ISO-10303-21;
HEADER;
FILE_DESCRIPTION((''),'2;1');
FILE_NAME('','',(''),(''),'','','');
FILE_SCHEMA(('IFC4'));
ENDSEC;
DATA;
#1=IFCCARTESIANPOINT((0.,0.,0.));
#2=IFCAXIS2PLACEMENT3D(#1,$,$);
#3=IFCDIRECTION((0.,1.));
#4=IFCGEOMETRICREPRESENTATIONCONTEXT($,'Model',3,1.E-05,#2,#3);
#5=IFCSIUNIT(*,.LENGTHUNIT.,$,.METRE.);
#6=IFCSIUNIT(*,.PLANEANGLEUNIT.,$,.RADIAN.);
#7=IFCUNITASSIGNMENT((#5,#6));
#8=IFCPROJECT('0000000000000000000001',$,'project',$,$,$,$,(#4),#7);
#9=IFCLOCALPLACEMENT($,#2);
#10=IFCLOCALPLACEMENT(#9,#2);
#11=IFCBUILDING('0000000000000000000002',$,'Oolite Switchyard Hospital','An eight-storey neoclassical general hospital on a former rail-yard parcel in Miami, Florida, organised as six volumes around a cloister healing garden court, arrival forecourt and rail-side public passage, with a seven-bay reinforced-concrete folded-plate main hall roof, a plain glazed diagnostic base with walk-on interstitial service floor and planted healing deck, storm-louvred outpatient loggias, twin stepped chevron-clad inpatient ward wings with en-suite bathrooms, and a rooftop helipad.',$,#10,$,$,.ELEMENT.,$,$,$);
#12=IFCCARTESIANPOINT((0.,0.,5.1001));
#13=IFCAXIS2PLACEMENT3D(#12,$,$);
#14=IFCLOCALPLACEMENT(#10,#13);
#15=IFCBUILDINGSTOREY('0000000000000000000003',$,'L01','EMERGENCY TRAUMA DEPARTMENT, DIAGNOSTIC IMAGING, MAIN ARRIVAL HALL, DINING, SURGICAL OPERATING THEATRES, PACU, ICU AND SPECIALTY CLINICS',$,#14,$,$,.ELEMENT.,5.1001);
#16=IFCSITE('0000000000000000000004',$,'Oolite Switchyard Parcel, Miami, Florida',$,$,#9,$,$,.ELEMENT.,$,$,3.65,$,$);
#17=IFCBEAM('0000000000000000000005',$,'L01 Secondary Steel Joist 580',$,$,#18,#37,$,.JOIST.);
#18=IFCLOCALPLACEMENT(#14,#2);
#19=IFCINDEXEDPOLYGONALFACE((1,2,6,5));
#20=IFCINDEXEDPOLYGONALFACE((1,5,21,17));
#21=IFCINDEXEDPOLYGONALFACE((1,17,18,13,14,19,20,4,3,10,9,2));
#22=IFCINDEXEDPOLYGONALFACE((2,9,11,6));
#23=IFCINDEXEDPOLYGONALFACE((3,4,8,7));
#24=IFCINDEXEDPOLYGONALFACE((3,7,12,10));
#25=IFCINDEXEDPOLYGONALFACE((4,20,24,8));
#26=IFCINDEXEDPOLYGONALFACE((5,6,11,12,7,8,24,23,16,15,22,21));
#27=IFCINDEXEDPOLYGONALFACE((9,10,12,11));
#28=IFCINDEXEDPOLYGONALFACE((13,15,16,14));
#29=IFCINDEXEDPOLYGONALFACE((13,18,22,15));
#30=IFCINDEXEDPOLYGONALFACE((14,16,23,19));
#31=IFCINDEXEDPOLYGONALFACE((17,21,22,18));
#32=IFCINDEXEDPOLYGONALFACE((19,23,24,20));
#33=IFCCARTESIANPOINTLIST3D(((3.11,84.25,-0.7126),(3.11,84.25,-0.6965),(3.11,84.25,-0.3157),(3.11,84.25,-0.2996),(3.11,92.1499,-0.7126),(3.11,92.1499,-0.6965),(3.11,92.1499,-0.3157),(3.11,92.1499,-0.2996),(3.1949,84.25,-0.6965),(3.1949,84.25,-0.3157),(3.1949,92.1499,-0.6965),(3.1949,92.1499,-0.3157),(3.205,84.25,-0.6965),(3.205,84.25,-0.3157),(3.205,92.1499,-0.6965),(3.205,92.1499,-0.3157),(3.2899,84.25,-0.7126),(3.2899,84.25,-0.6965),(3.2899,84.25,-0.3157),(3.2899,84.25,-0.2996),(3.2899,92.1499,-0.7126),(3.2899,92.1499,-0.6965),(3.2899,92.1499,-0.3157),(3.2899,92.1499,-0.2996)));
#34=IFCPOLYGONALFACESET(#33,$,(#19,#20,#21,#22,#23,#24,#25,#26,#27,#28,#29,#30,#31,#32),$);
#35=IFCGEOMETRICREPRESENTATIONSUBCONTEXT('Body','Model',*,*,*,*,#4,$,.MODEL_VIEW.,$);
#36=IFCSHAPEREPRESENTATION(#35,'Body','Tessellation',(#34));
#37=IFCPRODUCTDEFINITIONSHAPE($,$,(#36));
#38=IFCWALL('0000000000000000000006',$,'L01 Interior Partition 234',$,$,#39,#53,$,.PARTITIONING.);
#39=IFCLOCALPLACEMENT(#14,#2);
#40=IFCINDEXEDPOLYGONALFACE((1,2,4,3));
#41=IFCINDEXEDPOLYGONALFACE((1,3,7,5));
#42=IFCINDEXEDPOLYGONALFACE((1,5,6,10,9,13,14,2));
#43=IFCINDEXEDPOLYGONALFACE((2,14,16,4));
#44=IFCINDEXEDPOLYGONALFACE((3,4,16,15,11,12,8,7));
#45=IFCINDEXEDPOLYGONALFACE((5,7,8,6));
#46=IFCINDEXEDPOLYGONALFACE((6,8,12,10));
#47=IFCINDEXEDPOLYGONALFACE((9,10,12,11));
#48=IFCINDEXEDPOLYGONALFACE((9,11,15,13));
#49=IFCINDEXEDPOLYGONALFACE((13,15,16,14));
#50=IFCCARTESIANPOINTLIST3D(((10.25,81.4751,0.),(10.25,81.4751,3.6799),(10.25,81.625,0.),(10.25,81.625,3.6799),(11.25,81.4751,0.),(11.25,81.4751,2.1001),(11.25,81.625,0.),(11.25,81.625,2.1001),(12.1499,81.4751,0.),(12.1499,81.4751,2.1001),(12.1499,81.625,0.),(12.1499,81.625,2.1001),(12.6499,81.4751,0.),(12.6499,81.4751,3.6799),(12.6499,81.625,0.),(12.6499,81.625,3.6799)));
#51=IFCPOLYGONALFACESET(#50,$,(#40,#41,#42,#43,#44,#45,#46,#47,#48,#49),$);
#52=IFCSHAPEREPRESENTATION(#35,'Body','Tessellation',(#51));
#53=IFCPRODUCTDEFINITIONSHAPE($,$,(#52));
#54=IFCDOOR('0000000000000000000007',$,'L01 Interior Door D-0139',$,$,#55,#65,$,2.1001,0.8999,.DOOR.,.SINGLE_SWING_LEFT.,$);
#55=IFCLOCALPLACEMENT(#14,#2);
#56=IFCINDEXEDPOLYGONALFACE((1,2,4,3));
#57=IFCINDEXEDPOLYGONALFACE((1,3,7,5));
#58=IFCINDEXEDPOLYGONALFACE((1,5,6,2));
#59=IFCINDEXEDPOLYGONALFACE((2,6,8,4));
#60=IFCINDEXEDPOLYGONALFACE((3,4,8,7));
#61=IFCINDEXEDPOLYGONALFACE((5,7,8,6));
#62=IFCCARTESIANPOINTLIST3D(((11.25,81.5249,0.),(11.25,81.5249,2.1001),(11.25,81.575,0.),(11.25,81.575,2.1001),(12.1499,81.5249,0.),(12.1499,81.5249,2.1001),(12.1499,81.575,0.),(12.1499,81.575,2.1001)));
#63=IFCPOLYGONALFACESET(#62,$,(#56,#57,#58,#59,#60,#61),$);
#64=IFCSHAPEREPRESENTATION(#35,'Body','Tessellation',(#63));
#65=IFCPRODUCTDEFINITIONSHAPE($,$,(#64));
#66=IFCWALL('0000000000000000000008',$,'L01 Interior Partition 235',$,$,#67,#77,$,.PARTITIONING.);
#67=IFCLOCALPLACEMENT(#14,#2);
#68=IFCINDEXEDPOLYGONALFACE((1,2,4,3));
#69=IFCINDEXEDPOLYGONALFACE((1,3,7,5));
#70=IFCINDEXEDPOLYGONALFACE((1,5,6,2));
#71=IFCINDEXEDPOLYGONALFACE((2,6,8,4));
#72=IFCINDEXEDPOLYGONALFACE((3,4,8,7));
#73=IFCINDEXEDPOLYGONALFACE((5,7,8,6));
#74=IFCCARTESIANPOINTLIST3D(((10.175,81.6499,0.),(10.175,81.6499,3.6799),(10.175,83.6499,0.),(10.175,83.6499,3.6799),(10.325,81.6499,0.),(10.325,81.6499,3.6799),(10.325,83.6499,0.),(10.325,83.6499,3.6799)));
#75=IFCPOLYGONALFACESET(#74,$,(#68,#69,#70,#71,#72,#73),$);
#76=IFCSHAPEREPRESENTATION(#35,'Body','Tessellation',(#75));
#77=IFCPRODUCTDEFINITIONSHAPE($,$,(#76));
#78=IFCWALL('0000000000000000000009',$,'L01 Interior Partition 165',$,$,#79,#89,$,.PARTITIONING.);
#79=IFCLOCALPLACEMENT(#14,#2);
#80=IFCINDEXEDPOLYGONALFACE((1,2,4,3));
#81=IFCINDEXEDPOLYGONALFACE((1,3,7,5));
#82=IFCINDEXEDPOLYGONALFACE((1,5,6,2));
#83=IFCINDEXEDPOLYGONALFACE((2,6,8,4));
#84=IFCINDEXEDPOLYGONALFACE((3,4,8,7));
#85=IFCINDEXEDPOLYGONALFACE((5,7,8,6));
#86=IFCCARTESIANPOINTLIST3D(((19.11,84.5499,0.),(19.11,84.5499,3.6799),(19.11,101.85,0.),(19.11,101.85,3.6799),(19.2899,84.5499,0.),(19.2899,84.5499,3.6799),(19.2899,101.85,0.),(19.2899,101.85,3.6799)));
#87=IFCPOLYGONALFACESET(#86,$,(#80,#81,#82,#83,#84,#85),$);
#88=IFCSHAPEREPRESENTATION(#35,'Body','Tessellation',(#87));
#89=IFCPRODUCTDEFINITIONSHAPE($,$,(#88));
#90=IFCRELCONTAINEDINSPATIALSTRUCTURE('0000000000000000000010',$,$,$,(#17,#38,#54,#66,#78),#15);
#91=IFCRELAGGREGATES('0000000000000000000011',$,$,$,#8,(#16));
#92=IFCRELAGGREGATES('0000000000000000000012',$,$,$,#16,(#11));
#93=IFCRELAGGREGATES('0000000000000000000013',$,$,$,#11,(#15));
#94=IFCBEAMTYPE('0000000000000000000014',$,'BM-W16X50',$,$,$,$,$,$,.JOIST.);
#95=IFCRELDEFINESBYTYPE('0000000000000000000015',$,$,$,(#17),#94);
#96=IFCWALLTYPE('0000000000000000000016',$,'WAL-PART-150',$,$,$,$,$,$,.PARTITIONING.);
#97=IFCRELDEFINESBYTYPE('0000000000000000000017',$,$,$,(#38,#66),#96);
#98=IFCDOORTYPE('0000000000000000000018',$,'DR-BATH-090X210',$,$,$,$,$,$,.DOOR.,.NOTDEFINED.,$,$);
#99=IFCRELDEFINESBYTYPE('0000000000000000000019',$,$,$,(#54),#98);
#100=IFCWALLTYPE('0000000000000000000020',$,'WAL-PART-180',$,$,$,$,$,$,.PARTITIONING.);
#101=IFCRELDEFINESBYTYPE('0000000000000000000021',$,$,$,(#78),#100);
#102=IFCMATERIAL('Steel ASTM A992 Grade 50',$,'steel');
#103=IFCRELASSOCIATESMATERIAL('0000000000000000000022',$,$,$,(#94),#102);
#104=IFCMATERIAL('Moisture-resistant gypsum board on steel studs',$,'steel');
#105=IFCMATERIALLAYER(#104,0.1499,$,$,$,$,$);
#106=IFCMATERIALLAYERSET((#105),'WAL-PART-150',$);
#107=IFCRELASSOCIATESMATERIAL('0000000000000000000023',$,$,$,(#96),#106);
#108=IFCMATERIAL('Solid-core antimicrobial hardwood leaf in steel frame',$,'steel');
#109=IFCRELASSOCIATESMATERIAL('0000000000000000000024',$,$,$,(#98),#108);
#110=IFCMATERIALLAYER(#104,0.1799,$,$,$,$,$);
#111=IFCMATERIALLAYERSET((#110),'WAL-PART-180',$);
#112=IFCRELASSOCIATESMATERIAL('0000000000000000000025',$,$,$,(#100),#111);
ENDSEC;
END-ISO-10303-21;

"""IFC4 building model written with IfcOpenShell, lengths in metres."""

from ifc_helpers import new_model, si_unit, direction, frame, frame_2d, origin, origin_2d, place, context, subcontext, project, spatial, rectangle, i_section, extrude, material, layer, layer_set, material_profile, profile_set, type_object, element, fill, save


model = new_model("IFC4")

# Units and contexts
model_context = context("Model", 3, precision=1e-05, world=origin(), true_north=direction((0.0, 1.0)))
body_context = subcontext(model_context, "Body", "Model", "MODEL_VIEW")
ifc_project = project(units=[si_unit("LENGTHUNIT", "METRE"), si_unit("PLANEANGLEUNIT", "RADIAN")], contexts=[model_context])

# Site, building, storey
site_placement = place(None, origin())
site = spatial("IfcSite", under=ifc_project, at=site_placement, Name="Oolite Switchyard Parcel, Miami, Florida", CompositionType="ELEMENT", RefElevation=3.65)
building_placement = place(site_placement, origin())
building = spatial("IfcBuilding", under=site, at=building_placement, Name="Oolite Switchyard Hospital", Description="An eight-storey neoclassical general hospital on a former rail-yard parcel in Miami, Florida, organised as six volumes around a cloister healing garden court, arrival forecourt and rail-side public passage, with a seven-bay reinforced-concrete folded-plate main hall roof, a plain glazed diagnostic base with walk-on interstitial service floor and planted healing deck, storm-louvred outpatient loggias, twin stepped chevron-clad inpatient ward wings with en-suite bathrooms, and a rooftop helipad.", CompositionType="ELEMENT")
storey_placement = place(building_placement, frame((0.0, 0.0, 5.1001)))
storey = spatial("IfcBuildingStorey", under=building, at=storey_placement, Name="L01", Description="EMERGENCY TRAUMA DEPARTMENT, DIAGNOSTIC IMAGING, MAIN ARRIVAL HALL, DINING, SURGICAL OPERATING THEATRES, PACU, ICU AND SPECIALTY CLINICS", CompositionType="ELEMENT", Elevation=5.1001)

# Beam
ifc_material_1 = material(Name="Steel ASTM A992 Grade 50", Category="steel")
ifc_material_profile_1 = material_profile(ifc_material_1, i_section(OverallWidth=0.1799, OverallDepth=0.4131, WebThickness=0.01, FlangeThickness=0.0161, at=origin_2d()), Name="W16X50")
ifc_profile_set_1 = profile_set([ifc_material_profile_1], Name="Steel ASTM A992 Grade 50")
beam_type_1 = type_object("IfcBeamType", Name="BM-W16X50", PredefinedType="JOIST", material=ifc_profile_set_1)
beam_1_placement = place(storey_placement, frame((3.2, 84.25, -0.5061), z_axis=(0.0, 1.0, 0.0), x_axis=(-1.0, 0.0, 0.0)))
element("IfcBeam", 1, at=beam_1_placement, inside=storey, type_object=beam_type_1, Name="L01 Secondary Steel Joist 580", PredefinedType="JOIST", context=body_context, shape_type="SweptSolid", body=[
    extrude(i_section(OverallWidth=0.1799, OverallDepth=0.4131, WebThickness=0.01, FlangeThickness=0.0161, at=origin_2d()), origin(), (0.0, 0.0, 1.0), 7.8999),
])

# Wall, opening, door
ifc_material_2 = material(Name="Moisture-resistant gypsum board on steel studs", Category="steel")
ifc_layer_1 = layer(ifc_material_2, 0.1499)
ifc_layer_set_1 = layer_set([ifc_layer_1], Name="WAL-PART-150")
wall_type_1 = type_object("IfcWallType", Name="WAL-PART-150", PredefinedType="PARTITIONING", material=ifc_layer_set_1)
wall_1_placement = place(storey_placement, frame((10.25, 81.55, 0.0), z_axis=(0.0, 0.0, 1.0), x_axis=(1.0, 0.0, 0.0)))
wall_1 = element("IfcWall", 2, at=wall_1_placement, inside=storey, type_object=wall_type_1, Name="L01 Interior Partition 234", PredefinedType="PARTITIONING", context=body_context, shape_type="SweptSolid", body=[
    extrude(rectangle(XDim=2.3999, YDim=0.1499, at=frame_2d((1.2, 0.0))), origin(), (0.0, 0.0, 1.0), 3.6799),
])
opening_placement = place(wall_1_placement, frame((1.0, 0.0, 0.0)))
opening = element("IfcOpeningElement", 3, at=opening_placement, cuts=wall_1, PredefinedType="OPENING", context=body_context, shape_type="SweptSolid", body=[
    extrude(rectangle(XDim=0.8999, YDim=2.1001, at=frame_2d((0.45, 1.05))), frame((0.0, 0.085, 0.0), z_axis=(0.0, -1.0, 0.0), x_axis=(1.0, 0.0, 0.0)), (0.0, 0.0, 1.0), 0.1699),
])
ifc_material_3 = material(Name="Solid-core antimicrobial hardwood leaf in steel frame", Category="steel")
door_type = type_object("IfcDoorType", Name="DR-BATH-090X210", OperationType="NOTDEFINED", PredefinedType="DOOR", material=ifc_material_3)
door_placement = place(opening_placement, origin())
door = element("IfcDoor", 4, at=door_placement, inside=storey, type_object=door_type, Name="L01 Interior Door D-0139", OperationType="SINGLE_SWING_LEFT", OverallHeight=2.1001, OverallWidth=0.8999, PredefinedType="DOOR", context=body_context, shape_type="SweptSolid", body=[
    extrude(rectangle(XDim=0.8999, YDim=2.1001, at=frame_2d((0.45, 1.05))), frame((0.0, 0.0249, 0.0), z_axis=(0.0, -1.0, 0.0), x_axis=(1.0, 0.0, 0.0)), (0.0, 0.0, 1.0), 0.05),
])
fill(opening, door)

# Walls
wall_2_placement = place(storey_placement, frame((10.25, 81.6499, 0.0), z_axis=(0.0, 0.0, 1.0), x_axis=(0.0, 1.0, 0.0)))
element("IfcWall", 5, at=wall_2_placement, inside=storey, type_object=wall_type_1, Name="L01 Interior Partition 235", PredefinedType="PARTITIONING", context=body_context, shape_type="SweptSolid", body=[
    extrude(rectangle(XDim=2.0, YDim=0.1499, at=frame_2d((1.0, 0.0))), origin(), (0.0, 0.0, 1.0), 3.6799),
])
ifc_layer_2 = layer(ifc_material_2, 0.1799)
ifc_layer_set_2 = layer_set([ifc_layer_2], Name="WAL-PART-180")
wall_type_2 = type_object("IfcWallType", Name="WAL-PART-180", PredefinedType="PARTITIONING", material=ifc_layer_set_2)
wall_3_placement = place(storey_placement, frame((19.2, 84.55, 0.0), z_axis=(0.0, 0.0, 1.0), x_axis=(0.0, 1.0, 0.0)))
element("IfcWall", 6, at=wall_3_placement, inside=storey, type_object=wall_type_2, Name="L01 Interior Partition 165", PredefinedType="PARTITIONING", context=body_context, shape_type="SweptSolid", body=[
    extrude(rectangle(XDim=17.3, YDim=0.1799, at=frame_2d((8.6499, 0.0))), origin(), (0.0, 0.0, 1.0), 3.6799),
])

save(model, "model.ifc")
